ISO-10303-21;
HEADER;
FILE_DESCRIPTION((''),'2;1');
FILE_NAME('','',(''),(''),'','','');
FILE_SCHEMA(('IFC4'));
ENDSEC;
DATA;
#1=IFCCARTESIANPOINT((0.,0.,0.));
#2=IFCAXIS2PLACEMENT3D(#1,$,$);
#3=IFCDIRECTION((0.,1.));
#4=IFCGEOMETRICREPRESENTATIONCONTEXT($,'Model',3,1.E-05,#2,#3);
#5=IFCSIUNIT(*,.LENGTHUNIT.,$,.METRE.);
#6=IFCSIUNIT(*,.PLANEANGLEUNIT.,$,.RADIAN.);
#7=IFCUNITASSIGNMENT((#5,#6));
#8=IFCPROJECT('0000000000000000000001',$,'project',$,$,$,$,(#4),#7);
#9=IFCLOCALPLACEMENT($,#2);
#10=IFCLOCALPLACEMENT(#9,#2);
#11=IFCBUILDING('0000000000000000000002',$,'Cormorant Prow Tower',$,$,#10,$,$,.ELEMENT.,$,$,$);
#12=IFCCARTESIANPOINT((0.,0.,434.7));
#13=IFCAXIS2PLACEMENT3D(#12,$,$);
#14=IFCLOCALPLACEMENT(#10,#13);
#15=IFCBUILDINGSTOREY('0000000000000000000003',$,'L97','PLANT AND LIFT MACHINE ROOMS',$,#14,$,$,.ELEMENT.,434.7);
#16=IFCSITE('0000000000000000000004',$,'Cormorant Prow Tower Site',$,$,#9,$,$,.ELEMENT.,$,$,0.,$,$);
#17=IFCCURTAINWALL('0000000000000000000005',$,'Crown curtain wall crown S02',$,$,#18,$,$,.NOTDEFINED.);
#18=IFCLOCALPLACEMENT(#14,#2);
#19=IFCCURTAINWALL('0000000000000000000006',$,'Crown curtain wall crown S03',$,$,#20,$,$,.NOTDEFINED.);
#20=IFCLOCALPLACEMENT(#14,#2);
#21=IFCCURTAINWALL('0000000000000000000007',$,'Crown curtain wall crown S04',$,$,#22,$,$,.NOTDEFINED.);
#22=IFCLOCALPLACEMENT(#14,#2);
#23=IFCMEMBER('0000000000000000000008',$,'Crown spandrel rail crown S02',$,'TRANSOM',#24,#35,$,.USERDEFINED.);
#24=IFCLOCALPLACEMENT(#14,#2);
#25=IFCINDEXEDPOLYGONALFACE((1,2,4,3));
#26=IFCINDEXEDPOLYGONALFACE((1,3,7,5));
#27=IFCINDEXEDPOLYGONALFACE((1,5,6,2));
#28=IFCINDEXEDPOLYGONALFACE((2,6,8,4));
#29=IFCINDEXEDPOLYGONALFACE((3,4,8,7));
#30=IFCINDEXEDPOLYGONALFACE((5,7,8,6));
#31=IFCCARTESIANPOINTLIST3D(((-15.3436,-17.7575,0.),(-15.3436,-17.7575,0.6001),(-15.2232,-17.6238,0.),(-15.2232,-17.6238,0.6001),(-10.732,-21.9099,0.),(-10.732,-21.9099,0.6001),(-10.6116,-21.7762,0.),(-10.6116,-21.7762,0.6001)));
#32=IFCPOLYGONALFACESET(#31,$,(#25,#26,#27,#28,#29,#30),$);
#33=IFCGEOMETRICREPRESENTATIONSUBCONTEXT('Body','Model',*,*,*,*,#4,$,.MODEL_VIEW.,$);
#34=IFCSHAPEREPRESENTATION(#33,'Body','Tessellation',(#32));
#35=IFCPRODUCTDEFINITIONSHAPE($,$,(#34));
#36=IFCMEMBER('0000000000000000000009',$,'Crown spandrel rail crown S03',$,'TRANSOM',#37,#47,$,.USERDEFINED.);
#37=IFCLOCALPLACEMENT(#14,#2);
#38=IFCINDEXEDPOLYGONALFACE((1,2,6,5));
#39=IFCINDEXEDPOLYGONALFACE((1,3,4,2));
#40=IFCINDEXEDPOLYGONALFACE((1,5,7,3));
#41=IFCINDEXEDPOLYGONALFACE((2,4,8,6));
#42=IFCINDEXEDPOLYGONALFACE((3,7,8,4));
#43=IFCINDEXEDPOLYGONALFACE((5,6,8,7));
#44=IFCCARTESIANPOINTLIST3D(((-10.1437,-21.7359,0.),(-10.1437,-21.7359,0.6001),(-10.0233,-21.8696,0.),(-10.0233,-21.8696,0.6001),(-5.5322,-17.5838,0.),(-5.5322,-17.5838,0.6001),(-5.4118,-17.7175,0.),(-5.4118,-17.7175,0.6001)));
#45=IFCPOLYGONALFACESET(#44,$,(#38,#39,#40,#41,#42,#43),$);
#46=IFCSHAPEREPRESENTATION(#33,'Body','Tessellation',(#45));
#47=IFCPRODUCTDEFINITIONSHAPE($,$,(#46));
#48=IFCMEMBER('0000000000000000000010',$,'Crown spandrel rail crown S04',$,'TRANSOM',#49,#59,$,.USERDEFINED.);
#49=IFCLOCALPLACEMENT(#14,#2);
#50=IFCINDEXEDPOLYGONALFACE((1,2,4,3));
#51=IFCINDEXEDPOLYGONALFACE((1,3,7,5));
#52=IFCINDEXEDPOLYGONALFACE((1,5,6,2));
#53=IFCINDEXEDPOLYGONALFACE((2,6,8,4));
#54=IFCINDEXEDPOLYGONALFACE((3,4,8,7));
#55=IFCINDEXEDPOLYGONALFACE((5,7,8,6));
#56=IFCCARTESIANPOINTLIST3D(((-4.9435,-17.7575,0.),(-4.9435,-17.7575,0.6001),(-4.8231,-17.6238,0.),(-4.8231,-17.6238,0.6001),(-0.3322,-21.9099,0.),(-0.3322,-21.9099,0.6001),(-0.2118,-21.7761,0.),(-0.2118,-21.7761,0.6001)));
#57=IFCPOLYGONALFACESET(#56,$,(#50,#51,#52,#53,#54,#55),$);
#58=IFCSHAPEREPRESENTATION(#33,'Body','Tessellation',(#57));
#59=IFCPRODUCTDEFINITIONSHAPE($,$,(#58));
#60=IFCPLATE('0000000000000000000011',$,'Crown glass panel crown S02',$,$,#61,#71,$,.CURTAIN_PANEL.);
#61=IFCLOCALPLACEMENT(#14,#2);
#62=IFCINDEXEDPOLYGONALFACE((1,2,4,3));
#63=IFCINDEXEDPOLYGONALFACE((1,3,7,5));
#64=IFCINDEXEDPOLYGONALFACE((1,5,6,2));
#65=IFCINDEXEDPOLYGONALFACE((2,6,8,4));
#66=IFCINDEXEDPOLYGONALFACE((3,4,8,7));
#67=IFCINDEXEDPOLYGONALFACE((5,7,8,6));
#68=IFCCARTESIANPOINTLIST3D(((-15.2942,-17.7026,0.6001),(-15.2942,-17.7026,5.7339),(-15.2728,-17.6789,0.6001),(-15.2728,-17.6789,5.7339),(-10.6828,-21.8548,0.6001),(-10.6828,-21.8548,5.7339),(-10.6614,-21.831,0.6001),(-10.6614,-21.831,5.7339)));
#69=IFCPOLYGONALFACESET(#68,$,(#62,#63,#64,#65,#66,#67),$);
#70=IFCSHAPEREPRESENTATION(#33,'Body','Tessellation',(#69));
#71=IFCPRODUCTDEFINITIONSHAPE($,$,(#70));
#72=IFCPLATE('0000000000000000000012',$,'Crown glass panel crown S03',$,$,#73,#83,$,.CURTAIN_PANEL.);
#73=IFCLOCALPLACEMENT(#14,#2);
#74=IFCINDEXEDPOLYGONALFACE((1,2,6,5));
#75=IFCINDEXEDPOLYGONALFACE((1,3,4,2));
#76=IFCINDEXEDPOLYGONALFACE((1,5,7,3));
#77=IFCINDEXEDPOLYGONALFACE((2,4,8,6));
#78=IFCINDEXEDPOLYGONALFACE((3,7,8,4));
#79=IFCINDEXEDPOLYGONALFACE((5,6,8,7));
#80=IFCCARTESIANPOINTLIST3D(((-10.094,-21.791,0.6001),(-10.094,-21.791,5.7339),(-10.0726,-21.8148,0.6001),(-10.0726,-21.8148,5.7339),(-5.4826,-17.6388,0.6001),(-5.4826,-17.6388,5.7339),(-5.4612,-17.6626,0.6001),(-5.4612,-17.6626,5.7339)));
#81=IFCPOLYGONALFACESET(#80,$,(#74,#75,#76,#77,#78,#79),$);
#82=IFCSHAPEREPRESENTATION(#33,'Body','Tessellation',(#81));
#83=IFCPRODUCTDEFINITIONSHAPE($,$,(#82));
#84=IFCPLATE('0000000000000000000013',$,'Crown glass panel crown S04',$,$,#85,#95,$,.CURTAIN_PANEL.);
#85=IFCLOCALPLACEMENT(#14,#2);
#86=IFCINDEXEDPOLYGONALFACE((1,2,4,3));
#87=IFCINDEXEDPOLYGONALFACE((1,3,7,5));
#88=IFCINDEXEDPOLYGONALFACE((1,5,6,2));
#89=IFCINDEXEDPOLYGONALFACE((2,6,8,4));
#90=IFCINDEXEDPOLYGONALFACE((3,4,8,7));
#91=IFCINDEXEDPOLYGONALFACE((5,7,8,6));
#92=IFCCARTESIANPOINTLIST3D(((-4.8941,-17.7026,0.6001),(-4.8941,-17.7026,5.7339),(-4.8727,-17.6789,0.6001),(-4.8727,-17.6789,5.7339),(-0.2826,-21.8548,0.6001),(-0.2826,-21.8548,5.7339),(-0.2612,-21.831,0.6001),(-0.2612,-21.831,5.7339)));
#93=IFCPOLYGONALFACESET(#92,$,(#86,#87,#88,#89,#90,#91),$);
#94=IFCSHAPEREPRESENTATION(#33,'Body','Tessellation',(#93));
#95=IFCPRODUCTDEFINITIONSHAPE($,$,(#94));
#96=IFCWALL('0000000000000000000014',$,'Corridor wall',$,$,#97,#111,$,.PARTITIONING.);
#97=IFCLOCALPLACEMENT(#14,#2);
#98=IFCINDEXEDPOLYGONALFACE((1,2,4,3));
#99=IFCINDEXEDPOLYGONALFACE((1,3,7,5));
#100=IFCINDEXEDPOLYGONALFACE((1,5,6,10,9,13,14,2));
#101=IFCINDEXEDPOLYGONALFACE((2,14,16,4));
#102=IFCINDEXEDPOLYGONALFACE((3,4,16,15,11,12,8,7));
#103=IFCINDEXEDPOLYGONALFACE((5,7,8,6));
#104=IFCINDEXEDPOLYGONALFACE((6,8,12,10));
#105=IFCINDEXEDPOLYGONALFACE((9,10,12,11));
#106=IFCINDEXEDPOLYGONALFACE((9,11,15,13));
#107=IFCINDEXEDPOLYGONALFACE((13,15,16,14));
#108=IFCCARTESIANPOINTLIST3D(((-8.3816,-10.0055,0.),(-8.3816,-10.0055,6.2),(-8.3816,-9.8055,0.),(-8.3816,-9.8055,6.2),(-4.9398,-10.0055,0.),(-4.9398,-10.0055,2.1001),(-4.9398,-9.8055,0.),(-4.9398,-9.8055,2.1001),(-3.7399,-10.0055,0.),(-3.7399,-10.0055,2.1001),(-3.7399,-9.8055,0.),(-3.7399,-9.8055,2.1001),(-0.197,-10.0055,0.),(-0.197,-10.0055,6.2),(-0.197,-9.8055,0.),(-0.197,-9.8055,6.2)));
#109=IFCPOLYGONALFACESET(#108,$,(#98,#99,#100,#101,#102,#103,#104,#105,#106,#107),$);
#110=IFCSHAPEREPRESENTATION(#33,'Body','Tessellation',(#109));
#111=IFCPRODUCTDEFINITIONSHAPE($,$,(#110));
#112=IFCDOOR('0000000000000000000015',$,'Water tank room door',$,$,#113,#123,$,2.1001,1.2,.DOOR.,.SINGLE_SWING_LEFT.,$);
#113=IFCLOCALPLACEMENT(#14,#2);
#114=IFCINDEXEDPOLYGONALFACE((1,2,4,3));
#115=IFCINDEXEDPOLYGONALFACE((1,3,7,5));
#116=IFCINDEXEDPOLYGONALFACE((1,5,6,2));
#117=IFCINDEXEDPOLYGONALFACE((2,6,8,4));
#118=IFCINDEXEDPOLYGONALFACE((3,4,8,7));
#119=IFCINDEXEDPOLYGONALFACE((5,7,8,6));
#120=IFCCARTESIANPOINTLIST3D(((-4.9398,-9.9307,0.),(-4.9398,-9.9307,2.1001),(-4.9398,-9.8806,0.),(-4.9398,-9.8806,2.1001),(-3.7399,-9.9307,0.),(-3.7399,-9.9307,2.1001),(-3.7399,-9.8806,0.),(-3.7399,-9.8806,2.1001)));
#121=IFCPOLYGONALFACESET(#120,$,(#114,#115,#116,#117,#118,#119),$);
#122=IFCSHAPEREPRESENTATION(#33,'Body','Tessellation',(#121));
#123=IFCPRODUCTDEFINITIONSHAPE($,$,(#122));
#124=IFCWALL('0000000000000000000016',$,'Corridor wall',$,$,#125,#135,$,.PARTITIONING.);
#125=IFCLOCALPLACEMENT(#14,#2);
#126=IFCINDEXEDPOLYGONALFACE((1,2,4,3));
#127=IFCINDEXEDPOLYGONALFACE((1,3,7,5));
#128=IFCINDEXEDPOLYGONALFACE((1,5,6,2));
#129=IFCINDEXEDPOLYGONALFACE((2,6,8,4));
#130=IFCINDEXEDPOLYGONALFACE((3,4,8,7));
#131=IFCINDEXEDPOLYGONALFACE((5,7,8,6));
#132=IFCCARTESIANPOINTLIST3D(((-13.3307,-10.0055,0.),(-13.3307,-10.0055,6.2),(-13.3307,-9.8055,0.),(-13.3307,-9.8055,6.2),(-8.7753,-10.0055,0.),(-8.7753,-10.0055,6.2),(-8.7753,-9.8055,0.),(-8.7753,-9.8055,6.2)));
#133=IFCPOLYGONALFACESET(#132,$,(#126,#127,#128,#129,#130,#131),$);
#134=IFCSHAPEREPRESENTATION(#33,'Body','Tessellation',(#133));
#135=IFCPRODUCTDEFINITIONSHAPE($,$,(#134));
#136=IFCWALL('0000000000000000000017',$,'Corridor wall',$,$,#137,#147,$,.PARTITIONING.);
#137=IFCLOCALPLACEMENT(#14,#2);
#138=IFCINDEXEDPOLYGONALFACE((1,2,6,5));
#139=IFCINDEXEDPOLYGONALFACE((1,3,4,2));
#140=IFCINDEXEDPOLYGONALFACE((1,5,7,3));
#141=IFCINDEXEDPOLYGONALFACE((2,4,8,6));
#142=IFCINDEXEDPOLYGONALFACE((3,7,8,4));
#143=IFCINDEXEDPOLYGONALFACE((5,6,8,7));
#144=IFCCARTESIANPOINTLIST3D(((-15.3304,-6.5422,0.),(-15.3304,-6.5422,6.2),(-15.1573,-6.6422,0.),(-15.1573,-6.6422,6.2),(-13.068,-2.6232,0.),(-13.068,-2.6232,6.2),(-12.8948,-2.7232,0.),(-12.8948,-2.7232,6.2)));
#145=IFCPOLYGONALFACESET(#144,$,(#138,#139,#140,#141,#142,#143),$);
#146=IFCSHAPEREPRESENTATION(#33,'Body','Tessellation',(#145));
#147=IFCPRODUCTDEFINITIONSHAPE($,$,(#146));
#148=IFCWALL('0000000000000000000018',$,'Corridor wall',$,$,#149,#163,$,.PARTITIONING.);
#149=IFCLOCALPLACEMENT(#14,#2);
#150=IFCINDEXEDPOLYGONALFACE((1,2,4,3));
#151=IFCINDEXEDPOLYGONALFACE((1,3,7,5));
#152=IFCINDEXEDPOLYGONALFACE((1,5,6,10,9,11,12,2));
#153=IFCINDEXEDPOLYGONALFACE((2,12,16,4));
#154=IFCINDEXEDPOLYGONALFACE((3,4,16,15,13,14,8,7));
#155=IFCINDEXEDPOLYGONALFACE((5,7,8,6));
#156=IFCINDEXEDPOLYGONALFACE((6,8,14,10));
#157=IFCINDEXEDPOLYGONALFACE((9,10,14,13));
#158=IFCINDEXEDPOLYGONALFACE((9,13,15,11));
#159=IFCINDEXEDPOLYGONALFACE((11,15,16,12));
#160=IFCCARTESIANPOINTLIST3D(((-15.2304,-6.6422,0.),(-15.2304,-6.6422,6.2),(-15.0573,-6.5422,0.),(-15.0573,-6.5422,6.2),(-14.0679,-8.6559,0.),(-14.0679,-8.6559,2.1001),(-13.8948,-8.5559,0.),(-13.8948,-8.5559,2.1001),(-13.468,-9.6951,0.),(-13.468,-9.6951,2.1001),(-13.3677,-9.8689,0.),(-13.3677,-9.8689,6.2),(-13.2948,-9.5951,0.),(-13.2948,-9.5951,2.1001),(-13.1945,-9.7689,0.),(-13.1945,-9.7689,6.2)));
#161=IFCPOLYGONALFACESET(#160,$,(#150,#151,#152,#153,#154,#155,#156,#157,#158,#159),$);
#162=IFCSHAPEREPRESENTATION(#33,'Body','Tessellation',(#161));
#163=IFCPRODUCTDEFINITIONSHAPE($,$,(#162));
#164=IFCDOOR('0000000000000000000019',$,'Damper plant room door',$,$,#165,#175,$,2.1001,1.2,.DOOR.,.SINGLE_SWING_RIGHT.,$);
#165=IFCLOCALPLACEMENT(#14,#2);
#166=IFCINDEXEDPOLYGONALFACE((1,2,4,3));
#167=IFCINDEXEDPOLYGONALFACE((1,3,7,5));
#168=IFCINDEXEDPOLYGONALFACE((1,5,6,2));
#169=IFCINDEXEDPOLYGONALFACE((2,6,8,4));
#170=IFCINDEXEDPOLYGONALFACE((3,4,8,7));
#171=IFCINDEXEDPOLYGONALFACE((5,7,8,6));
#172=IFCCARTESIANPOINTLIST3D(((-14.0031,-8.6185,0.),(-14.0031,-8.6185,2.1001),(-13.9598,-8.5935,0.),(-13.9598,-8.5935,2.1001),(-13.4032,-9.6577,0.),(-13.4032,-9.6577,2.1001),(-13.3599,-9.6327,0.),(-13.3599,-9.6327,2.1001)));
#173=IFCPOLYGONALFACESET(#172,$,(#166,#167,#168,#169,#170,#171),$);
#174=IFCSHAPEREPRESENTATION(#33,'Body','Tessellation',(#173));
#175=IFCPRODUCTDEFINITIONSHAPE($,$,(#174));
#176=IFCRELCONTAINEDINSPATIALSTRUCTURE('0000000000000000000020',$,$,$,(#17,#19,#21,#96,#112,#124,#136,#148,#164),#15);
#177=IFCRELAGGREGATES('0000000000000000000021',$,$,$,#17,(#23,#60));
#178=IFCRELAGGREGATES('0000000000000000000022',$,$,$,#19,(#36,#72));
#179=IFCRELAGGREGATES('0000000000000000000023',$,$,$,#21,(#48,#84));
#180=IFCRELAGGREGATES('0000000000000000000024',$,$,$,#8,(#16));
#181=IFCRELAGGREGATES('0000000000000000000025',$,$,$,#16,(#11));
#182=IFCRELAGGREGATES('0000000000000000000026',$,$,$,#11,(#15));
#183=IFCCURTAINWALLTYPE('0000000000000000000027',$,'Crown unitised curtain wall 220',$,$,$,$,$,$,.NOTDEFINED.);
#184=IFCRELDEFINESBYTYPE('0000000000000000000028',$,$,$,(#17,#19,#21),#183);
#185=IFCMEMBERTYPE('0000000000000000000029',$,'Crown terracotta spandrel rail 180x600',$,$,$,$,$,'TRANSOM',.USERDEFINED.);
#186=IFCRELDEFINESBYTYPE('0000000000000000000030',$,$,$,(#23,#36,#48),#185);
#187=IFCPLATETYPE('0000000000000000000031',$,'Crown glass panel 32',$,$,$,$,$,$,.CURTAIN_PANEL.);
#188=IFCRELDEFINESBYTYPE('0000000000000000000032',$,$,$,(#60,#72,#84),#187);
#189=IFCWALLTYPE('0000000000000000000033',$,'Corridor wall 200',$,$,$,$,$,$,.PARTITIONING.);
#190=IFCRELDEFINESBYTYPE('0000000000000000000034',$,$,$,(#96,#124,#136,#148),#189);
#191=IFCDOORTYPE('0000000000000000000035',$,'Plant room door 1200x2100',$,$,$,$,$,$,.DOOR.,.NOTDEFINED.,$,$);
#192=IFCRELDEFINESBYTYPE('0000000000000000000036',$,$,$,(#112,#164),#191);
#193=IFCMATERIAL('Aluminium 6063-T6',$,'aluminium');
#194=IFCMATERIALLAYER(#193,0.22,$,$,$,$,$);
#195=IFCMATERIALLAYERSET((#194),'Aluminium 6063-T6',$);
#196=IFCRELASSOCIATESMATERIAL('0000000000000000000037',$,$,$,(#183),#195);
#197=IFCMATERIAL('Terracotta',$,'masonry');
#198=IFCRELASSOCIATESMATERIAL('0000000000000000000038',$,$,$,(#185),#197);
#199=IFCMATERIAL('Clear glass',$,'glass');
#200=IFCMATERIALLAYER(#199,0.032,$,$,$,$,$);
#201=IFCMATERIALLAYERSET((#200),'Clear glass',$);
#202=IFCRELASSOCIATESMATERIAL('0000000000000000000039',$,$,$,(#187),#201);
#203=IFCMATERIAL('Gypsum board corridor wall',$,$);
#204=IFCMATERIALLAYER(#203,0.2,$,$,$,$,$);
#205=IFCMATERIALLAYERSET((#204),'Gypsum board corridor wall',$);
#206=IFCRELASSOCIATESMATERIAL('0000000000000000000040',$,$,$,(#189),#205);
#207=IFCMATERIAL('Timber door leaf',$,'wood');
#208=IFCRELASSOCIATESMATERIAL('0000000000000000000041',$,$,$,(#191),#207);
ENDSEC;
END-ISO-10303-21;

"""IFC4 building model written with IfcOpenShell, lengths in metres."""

from ifc_helpers import new_model, si_unit, direction, frame, frame_2d, origin, origin_2d, place, context, subcontext, project, spatial, rectangle, extrude, material, layer, layer_set, material_profile, profile_set, type_object, element, fill, aggregate, save


model = new_model("IFC4")

# Units and contexts
model_context = context("Model", 3, precision=1e-05, world=origin(), true_north=direction((0.0, 1.0)))
body_context = subcontext(model_context, "Body", "Model", "MODEL_VIEW")
ifc_project = project(units=[si_unit("LENGTHUNIT", "METRE"), si_unit("PLANEANGLEUNIT", "RADIAN")], contexts=[model_context])

# Site, building, storey
site_placement = place(None, origin())
site = spatial("IfcSite", under=ifc_project, at=site_placement, Name="Cormorant Prow Tower Site", CompositionType="ELEMENT", RefElevation=0.0)
building_placement = place(site_placement, origin())
building = spatial("IfcBuilding", under=site, at=building_placement, Name="Cormorant Prow Tower", CompositionType="ELEMENT")
storey_placement = place(building_placement, frame((0.0, 0.0, 434.7)))
storey = spatial("IfcBuildingStorey", under=building, at=storey_placement, Name="L97", Description="PLANT AND LIFT MACHINE ROOMS", CompositionType="ELEMENT", Elevation=434.7)

# Curtain walls
ifc_material_1 = material(Name="Aluminium 6063-T6", Category="aluminium")
ifc_layer_1 = layer(ifc_material_1, 0.22)
ifc_layer_set_1 = layer_set([ifc_layer_1], Name="Aluminium 6063-T6")
curtain_wall_type = type_object("IfcCurtainWallType", Name="Crown unitised curtain wall 220", PredefinedType="NOTDEFINED", material=ifc_layer_set_1)
curtain_wall_1_placement = place(storey_placement, origin())
curtain_wall_1 = element("IfcCurtainWall", 1, at=curtain_wall_1_placement, inside=storey, type_object=curtain_wall_type, Name="Crown curtain wall crown S02", PredefinedType="NOTDEFINED")
curtain_wall_2_placement = place(storey_placement, origin())
curtain_wall_2 = element("IfcCurtainWall", 2, at=curtain_wall_2_placement, inside=storey, type_object=curtain_wall_type, Name="Crown curtain wall crown S03", PredefinedType="NOTDEFINED")
curtain_wall_3_placement = place(storey_placement, origin())
curtain_wall_3 = element("IfcCurtainWall", 3, at=curtain_wall_3_placement, inside=storey, type_object=curtain_wall_type, Name="Crown curtain wall crown S04", PredefinedType="NOTDEFINED")

# Members
ifc_material_2 = material(Name="Terracotta", Category="masonry")
ifc_material_profile_1 = material_profile(ifc_material_2, rectangle(XDim=0.1799, YDim=0.6001, at=origin_2d()), Name="Crown terracotta spandrel rail 180x600")
ifc_profile_set_1 = profile_set([ifc_material_profile_1], Name="Terracotta")
member_type_1 = type_object("IfcMemberType", Name="Crown terracotta spandrel rail 180x600", ElementType="TRANSOM", PredefinedType="USERDEFINED", material=ifc_profile_set_1)
member_1_placement = place(storey_placement, frame((-15.2834, -17.6907, 0.3), z_axis=(0.74314, -0.669136, 0.0), x_axis=(0.669136, 0.74314, 0.0)))
member_1 = element("IfcMember", 4, at=member_1_placement, type_object=member_type_1, Name="Crown spandrel rail crown S02", ObjectType="TRANSOM", PredefinedType="USERDEFINED", context=body_context, shape_type="SweptSolid", body=[
    extrude(rectangle(XDim=0.1799, YDim=0.6001, at=origin_2d()), origin(), (0.0, 0.0, 1.0), 6.2056),
])
member_2_placement = place(storey_placement, frame((-10.0835, -21.8027, 0.3), z_axis=(0.743159, 0.669115, 0.0), x_axis=(-0.669115, 0.743159, 0.0)))
member_2 = element("IfcMember", 5, at=member_2_placement, type_object=member_type_1, Name="Crown spandrel rail crown S03", ObjectType="TRANSOM", PredefinedType="USERDEFINED", context=body_context, shape_type="SweptSolid", body=[
    extrude(rectangle(XDim=0.1799, YDim=0.6001, at=origin_2d()), origin(), (0.0, 0.0, 1.0), 6.2053),
])
member_3_placement = place(storey_placement, frame((-4.8833, -17.6907, 0.3), z_axis=(0.743122, -0.669156, 0.0), x_axis=(0.669156, 0.743122, 0.0)))
member_3 = element("IfcMember", 6, at=member_3_placement, type_object=member_type_1, Name="Crown spandrel rail crown S04", ObjectType="TRANSOM", PredefinedType="USERDEFINED", context=body_context, shape_type="SweptSolid", body=[
    extrude(rectangle(XDim=0.1799, YDim=0.6001, at=origin_2d()), origin(), (0.0, 0.0, 1.0), 6.2053),
])

# Plates
ifc_material_3 = material(Name="Clear glass", Category="glass")
ifc_layer_2 = layer(ifc_material_3, 0.032)
ifc_layer_set_2 = layer_set([ifc_layer_2], Name="Clear glass")
plate_type = type_object("IfcPlateType", Name="Crown glass panel 32", PredefinedType="CURTAIN_PANEL", material=ifc_layer_set_2)
plate_1_placement = place(storey_placement, frame((-12.9778, -19.7668, 0.6001), z_axis=(0.0, 0.0, 1.0), x_axis=(0.743145, -0.669131, 0.0)))
plate_1 = element("IfcPlate", 7, at=plate_1_placement, type_object=plate_type, Name="Crown glass panel crown S02", PredefinedType="CURTAIN_PANEL", context=body_context, shape_type="SweptSolid", body=[
    extrude(rectangle(XDim=6.2053, YDim=0.032, at=origin_2d()), origin(), (0.0, 0.0, 1.0), 5.1338),
])
aggregate(curtain_wall_1, [member_1, plate_1])
plate_2_placement = place(storey_placement, frame((-7.7776, -19.7268, 0.6001), z_axis=(0.0, 0.0, 1.0), x_axis=(0.743145, 0.669131, 0.0)))
plate_2 = element("IfcPlate", 8, at=plate_2_placement, type_object=plate_type, Name="Crown glass panel crown S03", PredefinedType="CURTAIN_PANEL", context=body_context, shape_type="SweptSolid", body=[
    extrude(rectangle(XDim=6.2053, YDim=0.032, at=origin_2d()), origin(), (0.0, 0.0, 1.0), 5.1338),
])
aggregate(curtain_wall_2, [member_2, plate_2])
plate_3_placement = place(storey_placement, frame((-2.5776, -19.7668, 0.6001), z_axis=(0.0, 0.0, 1.0), x_axis=(0.743145, -0.669131, 0.0)))
plate_3 = element("IfcPlate", 9, at=plate_3_placement, type_object=plate_type, Name="Crown glass panel crown S04", PredefinedType="CURTAIN_PANEL", context=body_context, shape_type="SweptSolid", body=[
    extrude(rectangle(XDim=6.2053, YDim=0.032, at=origin_2d()), origin(), (0.0, 0.0, 1.0), 5.1338),
])
aggregate(curtain_wall_3, [member_3, plate_3])

# Wall, opening, door
ifc_material_4 = material(Name="Gypsum board corridor wall")
ifc_layer_3 = layer(ifc_material_4, 0.2)
ifc_layer_set_3 = layer_set([ifc_layer_3], Name="Gypsum board corridor wall")
wall_type_1 = type_object("IfcWallType", Name="Corridor wall 200", PredefinedType="PARTITIONING", material=ifc_layer_set_3)
wall_1_placement = place(storey_placement, frame((-8.3816, -9.9055, 0.0), z_axis=(0.0, 0.0, 1.0), x_axis=(1.0, 0.0, 0.0)))
wall_1 = element("IfcWall", 10, at=wall_1_placement, inside=storey, type_object=wall_type_1, Name="Corridor wall", PredefinedType="PARTITIONING", context=body_context, shape_type="SweptSolid", body=[
    extrude(rectangle(XDim=8.1846, YDim=0.2, at=frame_2d((4.0923, 0.0))), origin(), (0.0, 0.0, 1.0), 6.2),
])
opening_1_placement = place(wall_1_placement, frame((3.4417, 0.0, 0.0)))
opening_1 = element("IfcOpeningElement", 11, at=opening_1_placement, cuts=wall_1, PredefinedType="OPENING", context=body_context, shape_type="SweptSolid", body=[
    extrude(rectangle(XDim=1.2, YDim=2.1001, at=frame_2d((0.6001, 1.05))), frame((0.0, 0.1099, 0.0), z_axis=(0.0, -1.0, 0.0), x_axis=(1.0, 0.0, 0.0)), (0.0, 0.0, 1.0), 0.22),
])
ifc_material_5 = material(Name="Timber door leaf", Category="wood")
door_type_1 = type_object("IfcDoorType", Name="Plant room door 1200x2100", OperationType="NOTDEFINED", PredefinedType="DOOR", material=ifc_material_5)
door_1_placement = place(opening_1_placement, origin())
door_1 = element("IfcDoor", 12, at=door_1_placement, inside=storey, type_object=door_type_1, Name="Water tank room door", OperationType="SINGLE_SWING_LEFT", OverallHeight=2.1001, OverallWidth=1.2, PredefinedType="DOOR", context=body_context, shape_type="SweptSolid", body=[
    extrude(rectangle(XDim=1.2, YDim=2.1001, at=frame_2d((0.6001, 1.05))), frame((0.0, 0.0249, 0.0), z_axis=(0.0, -1.0, 0.0), x_axis=(1.0, 0.0, 0.0)), (0.0, 0.0, 1.0), 0.05),
])
fill(opening_1, door_1)

# Walls
wall_2_placement = place(storey_placement, frame((-13.3308, -9.9055, 0.0), z_axis=(0.0, 0.0, 1.0), x_axis=(1.0, 0.0, 0.0)))
element("IfcWall", 13, at=wall_2_placement, inside=storey, type_object=wall_type_1, Name="Corridor wall", PredefinedType="PARTITIONING", context=body_context, shape_type="SweptSolid", body=[
    extrude(rectangle(XDim=4.5554, YDim=0.2, at=frame_2d((2.2778, 0.0))), origin(), (0.0, 0.0, 1.0), 6.2),
])
wall_3_placement = place(storey_placement, frame((-15.2439, -6.5923, 0.0), z_axis=(0.0, 0.0, 1.0), x_axis=(0.499975, 0.86604, 0.0)))
element("IfcWall", 14, at=wall_3_placement, inside=storey, type_object=wall_type_1, Name="Corridor wall", PredefinedType="PARTITIONING", context=body_context, shape_type="SweptSolid", body=[
    extrude(rectangle(XDim=4.5251, YDim=0.2, at=frame_2d((2.2627, 0.0))), origin(), (0.0, 0.0, 1.0), 6.2),
])

# Wall, opening, door
wall_4_placement = place(storey_placement, frame((-15.1438, -6.5923, 0.0), z_axis=(0.0, 0.0, 1.0), x_axis=(0.499959, -0.866049, 0.0)))
wall_4 = element("IfcWall", 15, at=wall_4_placement, inside=storey, type_object=wall_type_1, Name="Corridor wall", PredefinedType="PARTITIONING", context=body_context, shape_type="SweptSolid", body=[
    extrude(rectangle(XDim=3.7258, YDim=0.2, at=frame_2d((1.8628, 0.0))), origin(), (0.0, 0.0, 1.0), 6.2),
])
opening_2_placement = place(wall_4_placement, frame((2.325, 0.0, 0.0)))
opening_2 = element("IfcOpeningElement", 16, at=opening_2_placement, cuts=wall_4, PredefinedType="OPENING", context=body_context, shape_type="SweptSolid", body=[
    extrude(rectangle(XDim=1.2, YDim=2.1001, at=frame_2d((0.6001, 1.05))), frame((0.0, 0.1099, 0.0), z_axis=(0.0, -1.0, 0.0), x_axis=(1.0, 0.0, 0.0)), (0.0, 0.0, 1.0), 0.22),
])
door_2_placement = place(opening_2_placement, origin())
door_2 = element("IfcDoor", 17, at=door_2_placement, inside=storey, type_object=door_type_1, Name="Damper plant room door", OperationType="SINGLE_SWING_RIGHT", OverallHeight=2.1001, OverallWidth=1.2, PredefinedType="DOOR", context=body_context, shape_type="SweptSolid", body=[
    extrude(rectangle(XDim=1.2, YDim=2.1001, at=frame_2d((0.6001, 1.05))), frame((0.0, 0.0249, 0.0), z_axis=(0.0, -1.0, 0.0), x_axis=(1.0, 0.0, 0.0)), (0.0, 0.0, 1.0), 0.05),
])
fill(opening_2, door_2)

save(model, "model.ifc")
